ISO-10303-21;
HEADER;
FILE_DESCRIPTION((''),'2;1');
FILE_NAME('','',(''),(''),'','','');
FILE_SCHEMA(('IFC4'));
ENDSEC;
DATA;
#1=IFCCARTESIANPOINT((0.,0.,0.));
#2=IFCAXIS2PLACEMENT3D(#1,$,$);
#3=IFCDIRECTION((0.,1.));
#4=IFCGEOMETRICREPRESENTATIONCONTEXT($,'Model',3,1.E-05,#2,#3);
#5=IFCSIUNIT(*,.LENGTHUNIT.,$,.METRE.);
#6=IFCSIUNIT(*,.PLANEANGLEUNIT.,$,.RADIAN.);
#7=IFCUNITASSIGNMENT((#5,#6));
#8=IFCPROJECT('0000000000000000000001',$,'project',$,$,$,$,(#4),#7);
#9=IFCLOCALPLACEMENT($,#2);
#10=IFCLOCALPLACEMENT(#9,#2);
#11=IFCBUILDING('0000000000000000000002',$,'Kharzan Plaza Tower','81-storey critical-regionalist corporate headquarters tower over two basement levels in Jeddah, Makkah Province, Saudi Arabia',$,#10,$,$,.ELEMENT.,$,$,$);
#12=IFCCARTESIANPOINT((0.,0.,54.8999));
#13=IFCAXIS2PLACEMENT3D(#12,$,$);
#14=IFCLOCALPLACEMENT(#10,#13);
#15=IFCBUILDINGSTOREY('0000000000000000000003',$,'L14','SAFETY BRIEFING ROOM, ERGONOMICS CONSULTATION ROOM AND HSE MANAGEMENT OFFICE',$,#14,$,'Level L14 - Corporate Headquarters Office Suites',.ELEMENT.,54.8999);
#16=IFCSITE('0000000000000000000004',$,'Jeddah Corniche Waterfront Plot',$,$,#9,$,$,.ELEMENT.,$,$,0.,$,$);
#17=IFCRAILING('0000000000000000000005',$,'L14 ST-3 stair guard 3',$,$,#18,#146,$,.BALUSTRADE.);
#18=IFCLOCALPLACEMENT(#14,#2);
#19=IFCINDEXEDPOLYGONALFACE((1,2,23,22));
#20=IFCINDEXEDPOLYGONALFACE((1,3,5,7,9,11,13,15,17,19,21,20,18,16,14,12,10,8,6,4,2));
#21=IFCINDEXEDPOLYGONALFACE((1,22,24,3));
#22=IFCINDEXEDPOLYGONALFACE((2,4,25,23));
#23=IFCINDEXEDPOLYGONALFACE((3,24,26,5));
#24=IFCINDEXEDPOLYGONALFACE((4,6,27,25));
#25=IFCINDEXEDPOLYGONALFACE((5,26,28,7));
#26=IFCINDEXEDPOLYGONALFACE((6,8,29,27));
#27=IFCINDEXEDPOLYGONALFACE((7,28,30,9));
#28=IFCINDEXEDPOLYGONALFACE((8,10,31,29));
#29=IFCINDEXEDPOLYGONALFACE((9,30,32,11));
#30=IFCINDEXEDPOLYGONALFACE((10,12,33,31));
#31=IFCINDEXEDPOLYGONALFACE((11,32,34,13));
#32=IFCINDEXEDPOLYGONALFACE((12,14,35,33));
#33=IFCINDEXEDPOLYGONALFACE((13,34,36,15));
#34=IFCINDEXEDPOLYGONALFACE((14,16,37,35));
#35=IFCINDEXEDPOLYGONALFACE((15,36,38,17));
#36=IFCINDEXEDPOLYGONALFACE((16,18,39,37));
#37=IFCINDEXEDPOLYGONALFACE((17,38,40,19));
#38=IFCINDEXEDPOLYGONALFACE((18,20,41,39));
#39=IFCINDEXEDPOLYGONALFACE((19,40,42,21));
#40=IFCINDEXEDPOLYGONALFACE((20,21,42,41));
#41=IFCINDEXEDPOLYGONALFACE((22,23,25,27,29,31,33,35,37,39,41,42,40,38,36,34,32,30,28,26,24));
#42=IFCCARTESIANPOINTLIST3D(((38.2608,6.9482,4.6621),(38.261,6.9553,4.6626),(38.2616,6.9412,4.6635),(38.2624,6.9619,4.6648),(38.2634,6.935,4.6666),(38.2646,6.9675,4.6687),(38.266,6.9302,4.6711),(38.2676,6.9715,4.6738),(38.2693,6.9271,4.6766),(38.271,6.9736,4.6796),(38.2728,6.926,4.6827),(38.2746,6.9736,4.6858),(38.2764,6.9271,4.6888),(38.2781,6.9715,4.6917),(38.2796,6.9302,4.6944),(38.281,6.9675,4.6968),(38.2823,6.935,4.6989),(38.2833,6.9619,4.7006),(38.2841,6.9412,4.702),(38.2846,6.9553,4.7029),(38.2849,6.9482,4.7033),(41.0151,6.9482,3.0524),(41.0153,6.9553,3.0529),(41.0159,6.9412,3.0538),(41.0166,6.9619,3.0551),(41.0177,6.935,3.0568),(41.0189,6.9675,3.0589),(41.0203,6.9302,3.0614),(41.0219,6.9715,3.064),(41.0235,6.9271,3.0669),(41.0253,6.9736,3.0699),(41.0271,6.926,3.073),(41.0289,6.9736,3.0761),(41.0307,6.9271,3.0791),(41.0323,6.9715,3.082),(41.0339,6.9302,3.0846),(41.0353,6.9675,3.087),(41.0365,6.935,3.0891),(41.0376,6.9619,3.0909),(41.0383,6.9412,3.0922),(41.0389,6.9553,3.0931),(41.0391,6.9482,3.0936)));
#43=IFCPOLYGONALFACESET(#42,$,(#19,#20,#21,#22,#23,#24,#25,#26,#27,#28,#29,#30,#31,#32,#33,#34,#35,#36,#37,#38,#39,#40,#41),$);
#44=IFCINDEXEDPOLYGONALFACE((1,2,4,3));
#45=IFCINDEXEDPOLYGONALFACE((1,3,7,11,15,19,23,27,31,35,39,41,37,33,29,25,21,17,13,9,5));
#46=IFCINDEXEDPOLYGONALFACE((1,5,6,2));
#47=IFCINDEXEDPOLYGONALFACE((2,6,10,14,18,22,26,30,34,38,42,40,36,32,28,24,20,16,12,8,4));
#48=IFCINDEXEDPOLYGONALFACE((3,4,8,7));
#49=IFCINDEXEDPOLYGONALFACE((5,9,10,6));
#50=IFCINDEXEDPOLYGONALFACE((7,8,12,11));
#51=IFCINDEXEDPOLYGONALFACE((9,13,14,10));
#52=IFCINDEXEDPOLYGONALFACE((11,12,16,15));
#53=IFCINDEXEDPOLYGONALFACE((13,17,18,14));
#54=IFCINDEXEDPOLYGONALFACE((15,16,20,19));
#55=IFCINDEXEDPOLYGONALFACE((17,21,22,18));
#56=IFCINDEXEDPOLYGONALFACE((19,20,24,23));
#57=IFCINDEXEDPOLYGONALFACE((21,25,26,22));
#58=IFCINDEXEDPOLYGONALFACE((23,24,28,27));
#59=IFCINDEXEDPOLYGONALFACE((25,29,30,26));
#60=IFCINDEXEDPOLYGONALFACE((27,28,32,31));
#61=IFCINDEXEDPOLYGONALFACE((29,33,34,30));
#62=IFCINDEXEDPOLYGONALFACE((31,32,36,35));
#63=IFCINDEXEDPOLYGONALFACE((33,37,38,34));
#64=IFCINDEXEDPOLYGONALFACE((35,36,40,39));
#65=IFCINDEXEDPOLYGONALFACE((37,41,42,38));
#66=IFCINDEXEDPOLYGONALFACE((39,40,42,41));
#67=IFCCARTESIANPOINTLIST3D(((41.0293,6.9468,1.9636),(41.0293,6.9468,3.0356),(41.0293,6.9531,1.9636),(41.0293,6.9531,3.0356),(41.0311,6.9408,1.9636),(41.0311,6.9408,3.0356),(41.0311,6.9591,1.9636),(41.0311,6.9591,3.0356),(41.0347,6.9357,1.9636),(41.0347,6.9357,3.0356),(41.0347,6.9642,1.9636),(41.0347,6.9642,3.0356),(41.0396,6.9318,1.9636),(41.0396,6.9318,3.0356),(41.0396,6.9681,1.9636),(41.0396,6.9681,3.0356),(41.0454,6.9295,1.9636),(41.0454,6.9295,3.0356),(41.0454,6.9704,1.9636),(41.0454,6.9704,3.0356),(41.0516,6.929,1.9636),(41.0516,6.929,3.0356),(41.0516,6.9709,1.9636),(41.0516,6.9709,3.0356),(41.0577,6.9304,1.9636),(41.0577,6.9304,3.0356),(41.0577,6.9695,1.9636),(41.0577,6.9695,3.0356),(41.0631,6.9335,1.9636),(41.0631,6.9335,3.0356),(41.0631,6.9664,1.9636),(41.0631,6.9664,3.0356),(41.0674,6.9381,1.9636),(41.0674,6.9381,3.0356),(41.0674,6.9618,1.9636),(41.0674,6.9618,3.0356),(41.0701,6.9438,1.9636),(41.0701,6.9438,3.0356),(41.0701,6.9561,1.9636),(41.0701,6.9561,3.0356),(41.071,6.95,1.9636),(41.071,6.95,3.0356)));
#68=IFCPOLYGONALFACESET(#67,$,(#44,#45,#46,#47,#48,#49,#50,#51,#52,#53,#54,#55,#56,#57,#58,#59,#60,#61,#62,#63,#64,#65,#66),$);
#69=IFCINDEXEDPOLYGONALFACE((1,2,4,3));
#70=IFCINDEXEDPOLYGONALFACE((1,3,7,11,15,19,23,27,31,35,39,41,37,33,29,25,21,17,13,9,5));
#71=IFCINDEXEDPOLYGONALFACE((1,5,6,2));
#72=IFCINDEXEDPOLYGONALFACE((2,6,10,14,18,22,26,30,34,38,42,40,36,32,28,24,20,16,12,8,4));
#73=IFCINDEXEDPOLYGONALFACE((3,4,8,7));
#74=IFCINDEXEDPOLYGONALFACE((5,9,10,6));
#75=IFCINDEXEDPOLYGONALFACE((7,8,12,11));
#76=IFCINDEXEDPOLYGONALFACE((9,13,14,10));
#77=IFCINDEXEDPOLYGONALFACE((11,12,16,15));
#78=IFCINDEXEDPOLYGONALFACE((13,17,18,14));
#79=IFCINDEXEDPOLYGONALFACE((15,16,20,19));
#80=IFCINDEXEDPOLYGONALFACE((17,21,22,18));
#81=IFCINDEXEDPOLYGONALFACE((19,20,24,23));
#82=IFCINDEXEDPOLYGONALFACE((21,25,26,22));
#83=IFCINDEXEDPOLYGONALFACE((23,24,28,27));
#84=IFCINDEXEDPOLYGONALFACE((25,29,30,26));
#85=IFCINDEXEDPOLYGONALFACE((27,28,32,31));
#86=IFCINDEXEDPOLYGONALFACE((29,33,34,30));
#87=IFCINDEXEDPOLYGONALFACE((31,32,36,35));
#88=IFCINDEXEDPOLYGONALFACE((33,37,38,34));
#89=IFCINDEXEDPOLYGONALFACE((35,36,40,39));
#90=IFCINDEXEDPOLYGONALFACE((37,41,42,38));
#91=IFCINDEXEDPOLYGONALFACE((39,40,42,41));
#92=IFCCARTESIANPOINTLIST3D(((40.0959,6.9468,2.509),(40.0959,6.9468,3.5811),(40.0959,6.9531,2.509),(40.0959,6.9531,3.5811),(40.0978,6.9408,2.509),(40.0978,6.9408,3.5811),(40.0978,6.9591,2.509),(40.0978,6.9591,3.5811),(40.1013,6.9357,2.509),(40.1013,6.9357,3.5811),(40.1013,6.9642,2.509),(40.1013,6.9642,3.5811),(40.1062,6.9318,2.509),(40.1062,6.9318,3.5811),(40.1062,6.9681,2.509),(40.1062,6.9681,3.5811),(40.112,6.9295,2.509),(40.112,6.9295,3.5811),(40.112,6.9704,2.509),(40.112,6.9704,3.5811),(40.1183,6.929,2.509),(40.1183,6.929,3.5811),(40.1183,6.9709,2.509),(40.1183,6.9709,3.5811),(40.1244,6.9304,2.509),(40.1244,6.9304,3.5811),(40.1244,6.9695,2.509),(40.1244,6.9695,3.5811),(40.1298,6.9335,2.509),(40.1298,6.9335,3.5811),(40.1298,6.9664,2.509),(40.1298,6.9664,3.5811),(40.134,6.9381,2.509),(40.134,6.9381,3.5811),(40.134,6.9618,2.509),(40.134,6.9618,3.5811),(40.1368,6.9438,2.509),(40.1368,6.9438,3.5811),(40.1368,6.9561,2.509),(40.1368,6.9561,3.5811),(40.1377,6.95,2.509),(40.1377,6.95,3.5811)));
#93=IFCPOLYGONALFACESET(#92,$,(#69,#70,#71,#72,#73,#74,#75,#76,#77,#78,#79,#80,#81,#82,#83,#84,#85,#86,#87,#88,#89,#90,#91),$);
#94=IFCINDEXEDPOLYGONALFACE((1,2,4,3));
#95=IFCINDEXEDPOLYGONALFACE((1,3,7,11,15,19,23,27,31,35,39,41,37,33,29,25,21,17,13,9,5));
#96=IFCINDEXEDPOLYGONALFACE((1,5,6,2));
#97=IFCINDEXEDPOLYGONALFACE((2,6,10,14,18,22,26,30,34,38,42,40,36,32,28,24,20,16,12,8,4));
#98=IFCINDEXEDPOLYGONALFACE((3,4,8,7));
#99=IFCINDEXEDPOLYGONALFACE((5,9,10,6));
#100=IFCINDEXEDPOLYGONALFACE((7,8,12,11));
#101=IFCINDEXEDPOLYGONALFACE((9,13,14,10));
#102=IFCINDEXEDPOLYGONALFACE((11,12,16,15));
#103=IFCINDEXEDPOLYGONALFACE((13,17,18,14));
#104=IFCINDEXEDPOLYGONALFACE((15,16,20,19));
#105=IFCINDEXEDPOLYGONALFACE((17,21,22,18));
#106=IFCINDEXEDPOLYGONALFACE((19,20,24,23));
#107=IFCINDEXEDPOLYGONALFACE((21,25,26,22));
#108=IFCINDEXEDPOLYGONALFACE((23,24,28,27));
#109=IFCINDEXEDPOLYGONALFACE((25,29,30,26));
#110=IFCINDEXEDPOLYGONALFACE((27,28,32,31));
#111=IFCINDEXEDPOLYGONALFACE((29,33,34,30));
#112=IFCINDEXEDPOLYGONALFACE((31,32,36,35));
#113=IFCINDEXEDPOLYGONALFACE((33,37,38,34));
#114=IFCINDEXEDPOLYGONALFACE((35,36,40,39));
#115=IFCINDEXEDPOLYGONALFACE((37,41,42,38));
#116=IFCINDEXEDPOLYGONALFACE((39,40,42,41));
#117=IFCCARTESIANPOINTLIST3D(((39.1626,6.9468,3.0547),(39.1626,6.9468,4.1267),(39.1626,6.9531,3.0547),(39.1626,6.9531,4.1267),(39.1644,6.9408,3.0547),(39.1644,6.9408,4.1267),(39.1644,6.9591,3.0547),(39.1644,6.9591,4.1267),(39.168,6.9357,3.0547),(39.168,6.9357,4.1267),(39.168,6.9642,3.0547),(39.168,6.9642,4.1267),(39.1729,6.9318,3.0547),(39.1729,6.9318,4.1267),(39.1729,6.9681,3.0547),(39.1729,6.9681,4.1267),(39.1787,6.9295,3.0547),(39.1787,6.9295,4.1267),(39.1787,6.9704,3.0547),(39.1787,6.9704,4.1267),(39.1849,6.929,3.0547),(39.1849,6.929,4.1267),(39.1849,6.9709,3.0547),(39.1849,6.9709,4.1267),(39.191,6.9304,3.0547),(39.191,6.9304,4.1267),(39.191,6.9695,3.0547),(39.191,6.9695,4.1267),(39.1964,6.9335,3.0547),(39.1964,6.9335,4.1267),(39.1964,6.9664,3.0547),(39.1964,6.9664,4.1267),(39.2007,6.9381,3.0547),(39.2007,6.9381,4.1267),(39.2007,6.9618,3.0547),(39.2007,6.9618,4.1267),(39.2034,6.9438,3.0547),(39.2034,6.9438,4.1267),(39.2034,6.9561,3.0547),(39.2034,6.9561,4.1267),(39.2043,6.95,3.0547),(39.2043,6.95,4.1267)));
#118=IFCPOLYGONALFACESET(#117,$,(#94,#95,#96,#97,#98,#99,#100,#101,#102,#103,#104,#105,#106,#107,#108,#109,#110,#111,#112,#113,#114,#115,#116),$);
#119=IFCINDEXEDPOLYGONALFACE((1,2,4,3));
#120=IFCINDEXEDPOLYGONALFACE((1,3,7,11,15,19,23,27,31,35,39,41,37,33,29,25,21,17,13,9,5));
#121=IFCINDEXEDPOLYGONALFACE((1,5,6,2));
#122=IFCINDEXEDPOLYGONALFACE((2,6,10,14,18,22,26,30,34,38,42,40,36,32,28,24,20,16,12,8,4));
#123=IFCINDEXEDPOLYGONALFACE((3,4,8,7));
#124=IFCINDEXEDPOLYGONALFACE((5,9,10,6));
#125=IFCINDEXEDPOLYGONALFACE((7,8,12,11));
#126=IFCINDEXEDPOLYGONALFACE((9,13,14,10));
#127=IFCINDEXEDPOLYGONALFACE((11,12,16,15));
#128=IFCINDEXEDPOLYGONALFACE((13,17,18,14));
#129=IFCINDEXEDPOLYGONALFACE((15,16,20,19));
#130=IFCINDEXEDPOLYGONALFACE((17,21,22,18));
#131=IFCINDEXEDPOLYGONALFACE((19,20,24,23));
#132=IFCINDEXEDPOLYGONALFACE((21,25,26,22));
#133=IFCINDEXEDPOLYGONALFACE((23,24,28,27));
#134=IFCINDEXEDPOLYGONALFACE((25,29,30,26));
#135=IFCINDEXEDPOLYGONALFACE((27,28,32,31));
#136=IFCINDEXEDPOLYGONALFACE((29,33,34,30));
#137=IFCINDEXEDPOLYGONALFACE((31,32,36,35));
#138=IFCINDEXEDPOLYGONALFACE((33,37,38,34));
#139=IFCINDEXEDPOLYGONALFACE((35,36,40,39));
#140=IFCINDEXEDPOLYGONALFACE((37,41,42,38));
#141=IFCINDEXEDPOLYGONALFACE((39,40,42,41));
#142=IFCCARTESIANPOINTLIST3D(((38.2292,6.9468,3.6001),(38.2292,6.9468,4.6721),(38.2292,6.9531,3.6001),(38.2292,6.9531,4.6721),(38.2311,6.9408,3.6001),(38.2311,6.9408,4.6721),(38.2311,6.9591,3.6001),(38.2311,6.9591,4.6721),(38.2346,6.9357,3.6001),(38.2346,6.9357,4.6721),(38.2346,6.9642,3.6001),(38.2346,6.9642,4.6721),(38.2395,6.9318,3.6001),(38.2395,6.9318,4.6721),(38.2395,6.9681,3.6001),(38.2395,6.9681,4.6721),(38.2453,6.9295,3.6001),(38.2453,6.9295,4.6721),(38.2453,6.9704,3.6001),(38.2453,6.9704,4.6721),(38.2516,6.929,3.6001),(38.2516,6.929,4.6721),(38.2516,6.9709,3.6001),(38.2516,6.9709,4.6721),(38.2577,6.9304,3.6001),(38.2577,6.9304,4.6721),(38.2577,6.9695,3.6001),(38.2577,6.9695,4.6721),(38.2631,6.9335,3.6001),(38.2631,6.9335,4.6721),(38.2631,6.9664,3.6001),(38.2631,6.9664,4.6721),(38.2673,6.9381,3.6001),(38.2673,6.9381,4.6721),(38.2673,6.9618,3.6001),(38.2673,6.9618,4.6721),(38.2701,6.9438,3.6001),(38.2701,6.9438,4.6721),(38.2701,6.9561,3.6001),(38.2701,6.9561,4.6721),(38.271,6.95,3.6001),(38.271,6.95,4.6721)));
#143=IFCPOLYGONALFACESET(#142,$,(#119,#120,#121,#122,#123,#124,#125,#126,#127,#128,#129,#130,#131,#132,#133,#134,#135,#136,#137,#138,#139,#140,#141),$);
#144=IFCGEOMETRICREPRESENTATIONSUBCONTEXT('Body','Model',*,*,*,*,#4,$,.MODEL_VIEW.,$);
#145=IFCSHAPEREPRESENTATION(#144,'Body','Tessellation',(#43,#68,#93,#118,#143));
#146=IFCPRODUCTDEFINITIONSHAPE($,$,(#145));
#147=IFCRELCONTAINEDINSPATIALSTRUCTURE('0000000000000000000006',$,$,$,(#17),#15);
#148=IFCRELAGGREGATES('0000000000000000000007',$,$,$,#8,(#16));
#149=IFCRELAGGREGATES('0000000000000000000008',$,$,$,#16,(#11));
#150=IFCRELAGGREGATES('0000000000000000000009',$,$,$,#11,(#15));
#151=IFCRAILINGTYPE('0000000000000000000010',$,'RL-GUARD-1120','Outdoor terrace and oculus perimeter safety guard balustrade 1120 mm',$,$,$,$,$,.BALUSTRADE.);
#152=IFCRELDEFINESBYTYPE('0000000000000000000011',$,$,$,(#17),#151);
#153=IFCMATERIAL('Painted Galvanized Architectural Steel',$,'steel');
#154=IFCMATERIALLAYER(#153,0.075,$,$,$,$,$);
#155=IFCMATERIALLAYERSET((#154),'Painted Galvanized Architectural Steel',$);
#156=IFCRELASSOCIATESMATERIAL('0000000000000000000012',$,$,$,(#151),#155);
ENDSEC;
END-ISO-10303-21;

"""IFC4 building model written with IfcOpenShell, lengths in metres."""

from ifc_helpers import new_model, si_unit, direction, frame, origin, origin_2d, place, context, subcontext, project, spatial, circle, extrude, source, transform, mapped, material, layer, layer_set, type_object, element, save


model = new_model("IFC4")

# Units and contexts
model_context = context("Model", 3, precision=1e-05, world=origin(), true_north=direction((0.0, 1.0)))
body_context = subcontext(model_context, "Body", "Model", "MODEL_VIEW")
ifc_project = project(units=[si_unit("LENGTHUNIT", "METRE"), si_unit("PLANEANGLEUNIT", "RADIAN")], contexts=[model_context])

# Site, building, storey
site_placement = place(None, origin())
site = spatial("IfcSite", under=ifc_project, at=site_placement, Name="Jeddah Corniche Waterfront Plot", CompositionType="ELEMENT", RefElevation=0.0)
building_placement = place(site_placement, origin())
building = spatial("IfcBuilding", under=site, at=building_placement, Name="Kharzan Plaza Tower", Description="81-storey critical-regionalist corporate headquarters tower over two basement levels in Jeddah, Makkah Province, Saudi Arabia", CompositionType="ELEMENT")
storey_placement = place(building_placement, frame((0.0, 0.0, 54.8999)))
storey = spatial("IfcBuildingStorey", under=building, at=storey_placement, Name="L14", Description="SAFETY BRIEFING ROOM, ERGONOMICS CONSULTATION ROOM AND HSE MANAGEMENT OFFICE", LongName="Level L14 - Corporate Headquarters Office Suites", CompositionType="ELEMENT", Elevation=54.8999)

# Railing
ifc_material_1 = material(Name="Painted Galvanized Architectural Steel", Category="steel")
ifc_layer_1 = layer(ifc_material_1, 0.075)
ifc_layer_set_1 = layer_set([ifc_layer_1], Name="Painted Galvanized Architectural Steel")
railing_type_1 = type_object("IfcRailingType", Name="RL-GUARD-1120", Description="Outdoor terrace and oculus perimeter safety guard balustrade 1120 mm", PredefinedType="BALUSTRADE", material=ifc_layer_set_1)
shared_shape_1 = source(origin(), body_context, "Body", "SweptSolid", [
    extrude(circle(Radius=0.0239, at=origin_2d()), frame((-0.0229, 0.0, 1.1094), z_axis=(-0.863361, 0.0, 0.504587), x_axis=(0.0, -1.0, 0.0)), (0.0, 0.0, 1.0), 3.1902),
    extrude(circle(Radius=0.021, at=origin_2d()), origin(), (0.0, 0.0, 1.0), 1.072),
    extrude(circle(Radius=0.021, at=origin_2d()), frame((-0.9333, 0.0, 0.5454)), (0.0, 0.0, 1.0), 1.072),
    extrude(circle(Radius=0.021, at=origin_2d()), frame((-1.8667, 0.0, 1.0911)), (0.0, 0.0, 1.0), 1.072),
    extrude(circle(Radius=0.021, at=origin_2d()), frame((-2.8, 0.0, 1.6365)), (0.0, 0.0, 1.0), 1.072),
])
railing_1_placement = place(storey_placement, frame((41.05, 6.95, 1.9636)))
element("IfcRailing", 1, at=railing_1_placement, inside=storey, type_object=railing_type_1, Name="L14 ST-3 stair guard 3", PredefinedType="BALUSTRADE", context=body_context, shape_type="MappedRepresentation", body=[
    mapped(shared_shape_1, transform((0.0, 0.0, 0.0), x_axis=(1.0, 0.0, 0.0), y_axis=(0.0, 1.0, 0.0), z_axis=(0.0, 0.0, 1.0))),
])

save(model, "model.ifc")
